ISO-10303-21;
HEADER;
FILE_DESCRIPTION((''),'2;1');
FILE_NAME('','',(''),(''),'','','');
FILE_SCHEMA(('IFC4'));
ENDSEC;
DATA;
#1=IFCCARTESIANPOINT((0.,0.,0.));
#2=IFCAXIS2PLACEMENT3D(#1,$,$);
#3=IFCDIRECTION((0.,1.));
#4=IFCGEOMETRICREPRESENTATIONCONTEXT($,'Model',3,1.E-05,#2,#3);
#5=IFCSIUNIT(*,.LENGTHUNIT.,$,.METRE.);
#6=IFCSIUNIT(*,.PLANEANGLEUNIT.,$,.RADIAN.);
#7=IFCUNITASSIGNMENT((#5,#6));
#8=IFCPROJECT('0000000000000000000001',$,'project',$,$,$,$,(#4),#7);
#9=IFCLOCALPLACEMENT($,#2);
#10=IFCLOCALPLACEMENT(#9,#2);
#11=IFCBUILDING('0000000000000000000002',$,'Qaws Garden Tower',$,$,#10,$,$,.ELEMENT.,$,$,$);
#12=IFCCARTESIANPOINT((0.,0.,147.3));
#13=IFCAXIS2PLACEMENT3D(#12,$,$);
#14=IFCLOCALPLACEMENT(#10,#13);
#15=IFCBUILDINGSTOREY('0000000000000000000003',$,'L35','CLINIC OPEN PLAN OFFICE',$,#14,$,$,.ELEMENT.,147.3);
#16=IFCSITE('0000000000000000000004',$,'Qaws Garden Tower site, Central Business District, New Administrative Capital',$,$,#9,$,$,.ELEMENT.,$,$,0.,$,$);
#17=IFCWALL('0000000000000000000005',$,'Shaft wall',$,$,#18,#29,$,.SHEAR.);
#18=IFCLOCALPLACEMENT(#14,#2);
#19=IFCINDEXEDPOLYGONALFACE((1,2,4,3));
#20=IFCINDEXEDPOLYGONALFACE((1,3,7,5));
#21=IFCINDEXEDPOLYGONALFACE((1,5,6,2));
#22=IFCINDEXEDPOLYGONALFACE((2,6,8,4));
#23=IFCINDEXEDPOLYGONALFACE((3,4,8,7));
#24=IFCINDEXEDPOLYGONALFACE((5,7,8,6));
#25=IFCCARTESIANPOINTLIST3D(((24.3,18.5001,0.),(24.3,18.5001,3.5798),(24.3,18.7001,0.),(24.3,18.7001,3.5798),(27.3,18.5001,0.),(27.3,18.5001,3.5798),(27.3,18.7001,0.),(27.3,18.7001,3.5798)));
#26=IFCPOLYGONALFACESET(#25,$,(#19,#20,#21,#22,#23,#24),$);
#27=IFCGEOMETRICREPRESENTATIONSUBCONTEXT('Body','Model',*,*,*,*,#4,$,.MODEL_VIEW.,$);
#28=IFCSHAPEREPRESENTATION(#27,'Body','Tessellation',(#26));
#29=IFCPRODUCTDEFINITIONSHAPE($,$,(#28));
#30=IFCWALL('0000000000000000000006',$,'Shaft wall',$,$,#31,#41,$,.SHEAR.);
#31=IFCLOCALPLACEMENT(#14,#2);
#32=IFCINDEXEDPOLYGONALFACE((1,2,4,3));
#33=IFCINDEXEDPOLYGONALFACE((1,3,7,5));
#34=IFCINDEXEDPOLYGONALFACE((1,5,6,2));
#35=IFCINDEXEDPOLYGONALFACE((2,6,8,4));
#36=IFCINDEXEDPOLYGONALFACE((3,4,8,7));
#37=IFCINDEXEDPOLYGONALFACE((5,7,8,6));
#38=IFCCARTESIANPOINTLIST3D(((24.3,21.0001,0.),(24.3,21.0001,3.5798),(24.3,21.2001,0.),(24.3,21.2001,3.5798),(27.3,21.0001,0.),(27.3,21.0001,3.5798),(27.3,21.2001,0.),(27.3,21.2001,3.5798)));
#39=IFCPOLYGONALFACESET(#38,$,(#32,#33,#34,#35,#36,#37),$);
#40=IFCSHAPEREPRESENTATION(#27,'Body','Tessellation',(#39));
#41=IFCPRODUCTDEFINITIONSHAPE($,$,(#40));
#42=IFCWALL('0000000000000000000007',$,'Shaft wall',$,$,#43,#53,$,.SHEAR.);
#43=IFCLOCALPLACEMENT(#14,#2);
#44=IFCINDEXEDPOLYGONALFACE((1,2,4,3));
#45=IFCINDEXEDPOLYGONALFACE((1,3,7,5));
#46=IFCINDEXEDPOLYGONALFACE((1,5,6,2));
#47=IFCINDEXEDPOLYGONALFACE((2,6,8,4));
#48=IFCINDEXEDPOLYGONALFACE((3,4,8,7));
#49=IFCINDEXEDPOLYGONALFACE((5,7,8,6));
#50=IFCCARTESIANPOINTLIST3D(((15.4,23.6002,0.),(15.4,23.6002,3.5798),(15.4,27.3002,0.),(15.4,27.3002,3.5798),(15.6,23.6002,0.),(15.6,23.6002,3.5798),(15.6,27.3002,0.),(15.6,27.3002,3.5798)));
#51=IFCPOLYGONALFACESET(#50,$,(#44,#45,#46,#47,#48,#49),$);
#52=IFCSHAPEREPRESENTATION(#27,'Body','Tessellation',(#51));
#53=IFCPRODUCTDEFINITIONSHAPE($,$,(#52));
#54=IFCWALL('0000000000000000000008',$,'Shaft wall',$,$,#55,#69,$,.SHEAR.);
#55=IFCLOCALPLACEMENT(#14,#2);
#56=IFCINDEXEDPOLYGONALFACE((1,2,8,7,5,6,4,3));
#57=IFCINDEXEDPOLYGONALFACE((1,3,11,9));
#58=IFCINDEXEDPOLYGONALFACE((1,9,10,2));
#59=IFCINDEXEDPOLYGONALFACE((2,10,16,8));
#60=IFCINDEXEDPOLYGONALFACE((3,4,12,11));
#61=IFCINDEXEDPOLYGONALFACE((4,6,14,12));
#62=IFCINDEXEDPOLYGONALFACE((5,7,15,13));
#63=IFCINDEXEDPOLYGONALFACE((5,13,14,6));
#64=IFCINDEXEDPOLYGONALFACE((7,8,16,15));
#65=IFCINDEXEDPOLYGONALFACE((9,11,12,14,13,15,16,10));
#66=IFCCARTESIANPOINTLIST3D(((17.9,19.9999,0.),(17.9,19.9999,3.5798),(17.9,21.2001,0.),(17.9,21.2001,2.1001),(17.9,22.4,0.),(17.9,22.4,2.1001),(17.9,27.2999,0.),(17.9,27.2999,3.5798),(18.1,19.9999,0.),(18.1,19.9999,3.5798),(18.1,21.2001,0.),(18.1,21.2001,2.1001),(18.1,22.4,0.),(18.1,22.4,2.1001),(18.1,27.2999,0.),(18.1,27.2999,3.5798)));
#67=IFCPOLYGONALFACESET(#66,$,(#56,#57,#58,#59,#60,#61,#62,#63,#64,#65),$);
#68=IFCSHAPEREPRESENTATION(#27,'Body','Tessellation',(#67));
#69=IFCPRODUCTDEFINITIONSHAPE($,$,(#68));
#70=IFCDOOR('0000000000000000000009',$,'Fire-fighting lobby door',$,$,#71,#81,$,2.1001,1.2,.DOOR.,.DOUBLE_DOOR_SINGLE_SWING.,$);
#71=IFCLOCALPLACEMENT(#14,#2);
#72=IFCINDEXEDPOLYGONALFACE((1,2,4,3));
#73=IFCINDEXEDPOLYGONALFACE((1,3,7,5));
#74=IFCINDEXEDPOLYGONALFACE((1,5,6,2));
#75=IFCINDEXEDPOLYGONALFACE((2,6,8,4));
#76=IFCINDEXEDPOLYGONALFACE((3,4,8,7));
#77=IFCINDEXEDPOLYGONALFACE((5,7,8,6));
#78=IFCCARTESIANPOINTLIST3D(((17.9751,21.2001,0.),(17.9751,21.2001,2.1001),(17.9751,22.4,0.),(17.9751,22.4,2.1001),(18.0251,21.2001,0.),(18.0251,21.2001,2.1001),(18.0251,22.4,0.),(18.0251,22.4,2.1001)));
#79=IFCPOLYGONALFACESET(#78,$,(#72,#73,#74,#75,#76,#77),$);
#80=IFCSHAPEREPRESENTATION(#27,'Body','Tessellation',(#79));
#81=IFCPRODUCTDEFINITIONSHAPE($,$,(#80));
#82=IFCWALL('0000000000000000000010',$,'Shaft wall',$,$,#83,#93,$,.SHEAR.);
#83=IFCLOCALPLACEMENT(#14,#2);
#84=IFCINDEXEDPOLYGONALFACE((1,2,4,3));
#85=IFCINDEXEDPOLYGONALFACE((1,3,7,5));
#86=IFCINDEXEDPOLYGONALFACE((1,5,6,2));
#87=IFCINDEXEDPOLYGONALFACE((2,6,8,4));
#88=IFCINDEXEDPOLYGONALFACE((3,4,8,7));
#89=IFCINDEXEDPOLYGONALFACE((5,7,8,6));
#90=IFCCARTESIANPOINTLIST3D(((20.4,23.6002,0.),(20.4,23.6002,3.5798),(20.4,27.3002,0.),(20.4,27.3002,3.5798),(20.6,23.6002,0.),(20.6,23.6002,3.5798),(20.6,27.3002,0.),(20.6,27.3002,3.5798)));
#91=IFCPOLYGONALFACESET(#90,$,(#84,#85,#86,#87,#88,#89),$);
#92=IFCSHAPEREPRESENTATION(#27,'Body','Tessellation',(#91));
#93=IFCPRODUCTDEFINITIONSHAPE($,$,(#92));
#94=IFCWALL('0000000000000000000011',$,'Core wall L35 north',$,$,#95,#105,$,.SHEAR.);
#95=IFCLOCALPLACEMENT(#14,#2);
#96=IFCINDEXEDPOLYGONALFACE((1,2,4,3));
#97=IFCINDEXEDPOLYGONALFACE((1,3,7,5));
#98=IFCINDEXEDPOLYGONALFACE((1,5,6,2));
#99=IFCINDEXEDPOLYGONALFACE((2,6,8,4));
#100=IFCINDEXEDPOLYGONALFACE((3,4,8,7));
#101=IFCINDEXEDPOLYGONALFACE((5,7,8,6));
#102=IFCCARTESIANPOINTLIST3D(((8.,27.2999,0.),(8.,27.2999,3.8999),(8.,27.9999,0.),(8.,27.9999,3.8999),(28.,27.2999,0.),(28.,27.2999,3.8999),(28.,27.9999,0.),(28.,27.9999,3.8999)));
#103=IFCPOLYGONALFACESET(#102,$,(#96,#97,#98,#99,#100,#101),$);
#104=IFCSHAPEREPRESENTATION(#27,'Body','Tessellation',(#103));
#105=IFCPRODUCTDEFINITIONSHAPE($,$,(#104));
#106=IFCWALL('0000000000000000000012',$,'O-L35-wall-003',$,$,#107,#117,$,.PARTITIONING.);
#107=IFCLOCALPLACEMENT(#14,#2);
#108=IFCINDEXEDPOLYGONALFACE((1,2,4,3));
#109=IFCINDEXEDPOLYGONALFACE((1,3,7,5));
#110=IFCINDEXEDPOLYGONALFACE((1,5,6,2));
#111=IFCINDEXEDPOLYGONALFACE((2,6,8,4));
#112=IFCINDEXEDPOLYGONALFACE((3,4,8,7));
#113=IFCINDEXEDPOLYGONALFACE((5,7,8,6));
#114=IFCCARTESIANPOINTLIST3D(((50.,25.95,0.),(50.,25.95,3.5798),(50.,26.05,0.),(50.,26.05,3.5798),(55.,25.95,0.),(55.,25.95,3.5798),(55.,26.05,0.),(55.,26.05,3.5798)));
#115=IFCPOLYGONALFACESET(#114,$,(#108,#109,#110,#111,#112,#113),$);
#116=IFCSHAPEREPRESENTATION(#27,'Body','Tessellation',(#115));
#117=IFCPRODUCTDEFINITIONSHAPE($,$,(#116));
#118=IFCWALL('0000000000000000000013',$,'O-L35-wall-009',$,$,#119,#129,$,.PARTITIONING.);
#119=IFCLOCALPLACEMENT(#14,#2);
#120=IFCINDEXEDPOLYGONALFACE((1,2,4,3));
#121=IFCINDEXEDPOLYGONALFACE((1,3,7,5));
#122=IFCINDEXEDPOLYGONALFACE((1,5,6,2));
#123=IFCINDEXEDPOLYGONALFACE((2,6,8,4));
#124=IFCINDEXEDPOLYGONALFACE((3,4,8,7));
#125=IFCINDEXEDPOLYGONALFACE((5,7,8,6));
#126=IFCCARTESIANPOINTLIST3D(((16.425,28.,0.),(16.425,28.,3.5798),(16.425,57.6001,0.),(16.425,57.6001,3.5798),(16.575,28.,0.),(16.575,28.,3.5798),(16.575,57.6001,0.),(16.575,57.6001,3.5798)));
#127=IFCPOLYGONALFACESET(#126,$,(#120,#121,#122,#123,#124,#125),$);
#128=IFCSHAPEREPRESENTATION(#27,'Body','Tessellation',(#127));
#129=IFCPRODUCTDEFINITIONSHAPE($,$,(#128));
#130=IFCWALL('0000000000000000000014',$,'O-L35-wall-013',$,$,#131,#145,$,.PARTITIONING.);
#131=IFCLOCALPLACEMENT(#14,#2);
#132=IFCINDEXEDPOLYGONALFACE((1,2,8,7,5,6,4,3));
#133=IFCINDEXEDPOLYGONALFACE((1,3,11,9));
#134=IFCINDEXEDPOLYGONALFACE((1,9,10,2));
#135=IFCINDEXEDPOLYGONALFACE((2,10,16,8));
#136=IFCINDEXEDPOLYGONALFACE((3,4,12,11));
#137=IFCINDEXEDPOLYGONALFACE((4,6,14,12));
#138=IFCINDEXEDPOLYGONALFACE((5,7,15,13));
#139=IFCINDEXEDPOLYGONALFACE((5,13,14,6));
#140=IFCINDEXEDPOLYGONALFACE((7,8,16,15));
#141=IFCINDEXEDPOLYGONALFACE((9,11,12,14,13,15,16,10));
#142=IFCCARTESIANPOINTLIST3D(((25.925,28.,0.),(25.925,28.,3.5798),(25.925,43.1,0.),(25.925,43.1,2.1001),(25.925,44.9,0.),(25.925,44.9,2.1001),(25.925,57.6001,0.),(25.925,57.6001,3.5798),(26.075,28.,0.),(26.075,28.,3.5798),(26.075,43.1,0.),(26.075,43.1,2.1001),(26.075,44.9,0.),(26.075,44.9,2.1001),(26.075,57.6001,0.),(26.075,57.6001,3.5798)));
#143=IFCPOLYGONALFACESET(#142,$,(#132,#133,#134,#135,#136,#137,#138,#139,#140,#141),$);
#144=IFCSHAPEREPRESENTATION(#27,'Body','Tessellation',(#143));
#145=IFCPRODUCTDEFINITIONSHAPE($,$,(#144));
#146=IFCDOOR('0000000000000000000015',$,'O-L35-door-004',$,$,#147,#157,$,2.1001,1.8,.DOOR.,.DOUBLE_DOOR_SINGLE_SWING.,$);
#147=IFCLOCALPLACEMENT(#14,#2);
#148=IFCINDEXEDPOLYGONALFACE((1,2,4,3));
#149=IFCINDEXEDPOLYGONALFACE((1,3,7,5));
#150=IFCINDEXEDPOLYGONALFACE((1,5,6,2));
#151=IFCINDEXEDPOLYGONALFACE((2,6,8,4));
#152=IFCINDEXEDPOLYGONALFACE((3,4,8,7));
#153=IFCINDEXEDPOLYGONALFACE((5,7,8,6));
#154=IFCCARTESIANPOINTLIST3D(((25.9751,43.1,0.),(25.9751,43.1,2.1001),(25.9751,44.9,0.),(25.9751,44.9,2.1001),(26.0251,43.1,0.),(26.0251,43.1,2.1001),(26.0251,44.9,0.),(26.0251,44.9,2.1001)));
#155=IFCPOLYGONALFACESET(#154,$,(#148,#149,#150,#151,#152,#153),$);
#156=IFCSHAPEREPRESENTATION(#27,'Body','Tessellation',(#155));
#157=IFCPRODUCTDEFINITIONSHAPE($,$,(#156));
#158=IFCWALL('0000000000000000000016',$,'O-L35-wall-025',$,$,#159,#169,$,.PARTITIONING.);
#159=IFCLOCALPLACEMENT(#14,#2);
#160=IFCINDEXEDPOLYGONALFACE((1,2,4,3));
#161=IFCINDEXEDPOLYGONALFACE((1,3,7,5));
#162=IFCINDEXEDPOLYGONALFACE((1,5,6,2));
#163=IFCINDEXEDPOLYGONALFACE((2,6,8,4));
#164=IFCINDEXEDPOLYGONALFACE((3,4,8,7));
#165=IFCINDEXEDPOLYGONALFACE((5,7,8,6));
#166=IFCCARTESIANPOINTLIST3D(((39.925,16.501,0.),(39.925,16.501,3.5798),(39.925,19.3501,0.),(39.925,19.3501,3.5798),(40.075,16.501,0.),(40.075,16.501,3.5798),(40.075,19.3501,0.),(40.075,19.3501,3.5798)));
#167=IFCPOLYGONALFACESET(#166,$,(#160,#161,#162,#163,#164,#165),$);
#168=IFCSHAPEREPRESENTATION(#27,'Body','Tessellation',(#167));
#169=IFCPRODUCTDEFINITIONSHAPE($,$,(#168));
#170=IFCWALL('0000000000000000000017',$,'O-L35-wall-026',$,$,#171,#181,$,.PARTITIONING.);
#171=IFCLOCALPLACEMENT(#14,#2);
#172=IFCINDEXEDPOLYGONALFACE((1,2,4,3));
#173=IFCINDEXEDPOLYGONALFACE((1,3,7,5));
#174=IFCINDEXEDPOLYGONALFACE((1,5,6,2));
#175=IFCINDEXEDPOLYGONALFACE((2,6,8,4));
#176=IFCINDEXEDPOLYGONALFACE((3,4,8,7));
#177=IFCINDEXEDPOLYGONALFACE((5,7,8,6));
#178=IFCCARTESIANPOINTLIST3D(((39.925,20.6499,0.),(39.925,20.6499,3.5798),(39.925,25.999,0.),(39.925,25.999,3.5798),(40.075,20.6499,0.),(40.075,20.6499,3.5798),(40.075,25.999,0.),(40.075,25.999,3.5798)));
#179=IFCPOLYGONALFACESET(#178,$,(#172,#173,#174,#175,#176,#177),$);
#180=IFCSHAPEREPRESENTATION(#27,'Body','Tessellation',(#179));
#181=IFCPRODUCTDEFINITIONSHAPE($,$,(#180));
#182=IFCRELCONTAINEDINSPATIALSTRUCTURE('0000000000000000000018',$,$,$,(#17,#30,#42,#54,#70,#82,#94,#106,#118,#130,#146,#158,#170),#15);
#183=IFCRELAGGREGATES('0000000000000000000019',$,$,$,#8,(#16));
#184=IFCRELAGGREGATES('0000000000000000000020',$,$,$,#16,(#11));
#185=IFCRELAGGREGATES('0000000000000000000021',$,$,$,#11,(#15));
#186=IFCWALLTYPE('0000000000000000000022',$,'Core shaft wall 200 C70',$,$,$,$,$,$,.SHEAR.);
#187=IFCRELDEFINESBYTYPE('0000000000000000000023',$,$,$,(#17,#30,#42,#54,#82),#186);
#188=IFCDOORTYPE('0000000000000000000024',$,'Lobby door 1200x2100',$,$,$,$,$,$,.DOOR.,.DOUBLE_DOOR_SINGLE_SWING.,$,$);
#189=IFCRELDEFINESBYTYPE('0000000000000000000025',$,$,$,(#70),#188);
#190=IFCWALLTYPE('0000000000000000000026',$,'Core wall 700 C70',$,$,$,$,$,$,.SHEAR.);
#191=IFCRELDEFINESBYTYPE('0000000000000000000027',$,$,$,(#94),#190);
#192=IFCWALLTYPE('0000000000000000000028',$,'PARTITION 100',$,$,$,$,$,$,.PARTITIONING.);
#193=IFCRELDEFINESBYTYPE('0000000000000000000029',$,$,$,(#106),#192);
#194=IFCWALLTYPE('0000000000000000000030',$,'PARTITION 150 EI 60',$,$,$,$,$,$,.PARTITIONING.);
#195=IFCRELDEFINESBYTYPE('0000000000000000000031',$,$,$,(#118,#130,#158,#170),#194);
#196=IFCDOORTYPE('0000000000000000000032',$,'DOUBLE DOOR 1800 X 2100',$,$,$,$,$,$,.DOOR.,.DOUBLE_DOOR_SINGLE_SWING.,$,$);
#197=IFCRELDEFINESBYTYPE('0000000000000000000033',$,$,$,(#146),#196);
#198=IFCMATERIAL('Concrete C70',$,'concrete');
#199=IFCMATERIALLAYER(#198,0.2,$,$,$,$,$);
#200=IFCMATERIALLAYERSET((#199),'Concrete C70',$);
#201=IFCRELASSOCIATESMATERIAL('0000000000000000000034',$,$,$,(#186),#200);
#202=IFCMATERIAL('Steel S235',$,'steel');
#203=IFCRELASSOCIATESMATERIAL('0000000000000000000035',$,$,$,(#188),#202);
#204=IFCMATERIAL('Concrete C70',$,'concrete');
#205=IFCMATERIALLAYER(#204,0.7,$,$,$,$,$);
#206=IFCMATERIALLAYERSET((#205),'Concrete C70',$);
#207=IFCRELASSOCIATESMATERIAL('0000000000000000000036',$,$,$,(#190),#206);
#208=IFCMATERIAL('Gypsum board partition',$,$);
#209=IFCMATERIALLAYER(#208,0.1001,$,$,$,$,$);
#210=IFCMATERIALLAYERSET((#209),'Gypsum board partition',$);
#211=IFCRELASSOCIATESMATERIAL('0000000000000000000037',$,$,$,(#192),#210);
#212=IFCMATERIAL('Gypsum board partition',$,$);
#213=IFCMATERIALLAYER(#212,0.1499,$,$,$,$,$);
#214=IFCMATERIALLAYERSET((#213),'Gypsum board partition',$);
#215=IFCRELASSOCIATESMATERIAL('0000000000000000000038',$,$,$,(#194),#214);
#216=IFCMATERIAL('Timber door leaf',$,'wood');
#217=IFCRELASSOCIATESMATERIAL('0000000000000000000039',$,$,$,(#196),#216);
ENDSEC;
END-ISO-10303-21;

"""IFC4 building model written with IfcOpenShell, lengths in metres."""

from ifc_helpers import new_model, si_unit, direction, frame, frame_2d, origin, place, context, subcontext, project, spatial, rectangle, extrude, material, layer, layer_set, type_object, element, fill, save


model = new_model("IFC4")

# Units and contexts
model_context = context("Model", 3, precision=1e-05, world=origin(), true_north=direction((0.0, 1.0)))
body_context = subcontext(model_context, "Body", "Model", "MODEL_VIEW")
ifc_project = project(units=[si_unit("LENGTHUNIT", "METRE"), si_unit("PLANEANGLEUNIT", "RADIAN")], contexts=[model_context])

# Site, building, storey
site_placement = place(None, origin())
site = spatial("IfcSite", under=ifc_project, at=site_placement, Name="Qaws Garden Tower site, Central Business District, New Administrative Capital", CompositionType="ELEMENT", RefElevation=0.0)
building_placement = place(site_placement, origin())
building = spatial("IfcBuilding", under=site, at=building_placement, Name="Qaws Garden Tower", CompositionType="ELEMENT")
storey_placement = place(building_placement, frame((0.0, 0.0, 147.3)))
storey = spatial("IfcBuildingStorey", under=building, at=storey_placement, Name="L35", Description="CLINIC OPEN PLAN OFFICE", CompositionType="ELEMENT", Elevation=147.3)

# Walls
ifc_material_1 = material(Name="Concrete C70", Category="concrete")
ifc_layer_1 = layer(ifc_material_1, 0.2)
ifc_layer_set_1 = layer_set([ifc_layer_1], Name="Concrete C70")
wall_type_1 = type_object("IfcWallType", Name="Core shaft wall 200 C70", PredefinedType="SHEAR", material=ifc_layer_set_1)
for number, where, z_axis, x_axis, name in (
    (1, (24.3, 18.6001, 0.0), (0.0, 0.0, 1.0), (1.0, 0.0, 0.0), "Shaft wall"),
    (2, (24.3, 21.1001, 0.0), (0.0, 0.0, 1.0), (1.0, 0.0, 0.0), "Shaft wall"),
):
    element("IfcWall", number, at=place(storey_placement, frame(where, z_axis=z_axis, x_axis=x_axis)), inside=storey, type_object=wall_type_1, Name=name, PredefinedType="SHEAR", context=body_context, shape_type="SweptSolid", body=[
        extrude(rectangle(XDim=3.0, YDim=0.2, at=frame_2d((1.5, 0.0))), origin(), (0.0, 0.0, 1.0), 3.5798),
    ])
wall_1_placement = place(storey_placement, frame((15.5, 23.6001, 0.0), z_axis=(0.0, 0.0, 1.0), x_axis=(0.0, 1.0, 0.0)))
element("IfcWall", 3, at=wall_1_placement, inside=storey, type_object=wall_type_1, Name="Shaft wall", PredefinedType="SHEAR", context=body_context, shape_type="SweptSolid", body=[
    extrude(rectangle(XDim=3.7, YDim=0.2, at=frame_2d((1.8501, 0.0))), origin(), (0.0, 0.0, 1.0), 3.5798),
])

# Wall, opening, door
wall_2_placement = place(storey_placement, frame((18.0, 20.0, 0.0), z_axis=(0.0, 0.0, 1.0), x_axis=(0.0, 1.0, 0.0)))
wall_2 = element("IfcWall", 4, at=wall_2_placement, inside=storey, type_object=wall_type_1, Name="Shaft wall", PredefinedType="SHEAR", context=body_context, shape_type="SweptSolid", body=[
    extrude(rectangle(XDim=7.3, YDim=0.2, at=frame_2d((3.6499, 0.0))), origin(), (0.0, 0.0, 1.0), 3.5798),
])
opening_1_placement = place(wall_2_placement, frame((1.2, 0.0, 0.0)))
opening_1 = element("IfcOpeningElement", 5, at=opening_1_placement, cuts=wall_2, PredefinedType="OPENING", context=body_context, shape_type="SweptSolid", body=[
    extrude(rectangle(XDim=1.2, YDim=2.1001, at=frame_2d((0.6001, 1.05))), frame((0.0, 0.1099, 0.0), z_axis=(0.0, -1.0, 0.0), x_axis=(1.0, 0.0, 0.0)), (0.0, 0.0, 1.0), 0.22),
])
ifc_material_2 = material(Name="Steel S235", Category="steel")
door_type_1 = type_object("IfcDoorType", Name="Lobby door 1200x2100", OperationType="DOUBLE_DOOR_SINGLE_SWING", PredefinedType="DOOR", material=ifc_material_2)
door_1_placement = place(opening_1_placement, origin())
door_1 = element("IfcDoor", 6, at=door_1_placement, inside=storey, type_object=door_type_1, Name="Fire-fighting lobby door", OperationType="DOUBLE_DOOR_SINGLE_SWING", OverallHeight=2.1001, OverallWidth=1.2, PredefinedType="DOOR", context=body_context, shape_type="SweptSolid", body=[
    extrude(rectangle(XDim=1.2, YDim=2.1001, at=frame_2d((0.6001, 1.05))), frame((0.0, 0.0249, 0.0), z_axis=(0.0, -1.0, 0.0), x_axis=(1.0, 0.0, 0.0)), (0.0, 0.0, 1.0), 0.05),
])
fill(opening_1, door_1)

# Walls
wall_3_placement = place(storey_placement, frame((20.5, 23.6001, 0.0), z_axis=(0.0, 0.0, 1.0), x_axis=(0.0, 1.0, 0.0)))
element("IfcWall", 7, at=wall_3_placement, inside=storey, type_object=wall_type_1, Name="Shaft wall", PredefinedType="SHEAR", context=body_context, shape_type="SweptSolid", body=[
    extrude(rectangle(XDim=3.7, YDim=0.2, at=frame_2d((1.8501, 0.0))), origin(), (0.0, 0.0, 1.0), 3.5798),
])
ifc_material_3 = material(Name="Concrete C70", Category="concrete")
ifc_layer_2 = layer(ifc_material_3, 0.7)
ifc_layer_set_2 = layer_set([ifc_layer_2], Name="Concrete C70")
wall_type_2 = type_object("IfcWallType", Name="Core wall 700 C70", PredefinedType="SHEAR", material=ifc_layer_set_2)
wall_4_placement = place(storey_placement, frame((28.0, 27.6499, 0.0), z_axis=(0.0, 0.0, 1.0), x_axis=(-1.0, 0.0, 0.0)))
element("IfcWall", 8, at=wall_4_placement, inside=storey, type_object=wall_type_2, Name="Core wall L35 north", PredefinedType="SHEAR", context=body_context, shape_type="SweptSolid", body=[
    extrude(rectangle(XDim=20.0, YDim=0.7, at=frame_2d((10.0, 0.0))), origin(), (0.0, 0.0, 1.0), 3.8999),
])
ifc_material_4 = material(Name="Gypsum board partition")
ifc_layer_3 = layer(ifc_material_4, 0.1001)
ifc_layer_set_3 = layer_set([ifc_layer_3], Name="Gypsum board partition")
wall_type_3 = type_object("IfcWallType", Name="PARTITION 100", PredefinedType="PARTITIONING", material=ifc_layer_set_3)
wall_5_placement = place(storey_placement, frame((50.0, 26.0, 0.0), z_axis=(0.0, 0.0, 1.0), x_axis=(1.0, 0.0, 0.0)))
element("IfcWall", 9, at=wall_5_placement, inside=storey, type_object=wall_type_3, Name="O-L35-wall-003", PredefinedType="PARTITIONING", context=body_context, shape_type="SweptSolid", body=[
    extrude(rectangle(XDim=5.0, YDim=0.1001, at=frame_2d((2.5, 0.0))), origin(), (0.0, 0.0, 1.0), 3.5798),
])
ifc_material_5 = material(Name="Gypsum board partition")
ifc_layer_4 = layer(ifc_material_5, 0.1499)
ifc_layer_set_4 = layer_set([ifc_layer_4], Name="Gypsum board partition")
wall_type_4 = type_object("IfcWallType", Name="PARTITION 150 EI 60", PredefinedType="PARTITIONING", material=ifc_layer_set_4)
wall_6_placement = place(storey_placement, frame((16.5, 28.0, 0.0), z_axis=(0.0, 0.0, 1.0), x_axis=(0.0, 1.0, 0.0)))
element("IfcWall", 10, at=wall_6_placement, inside=storey, type_object=wall_type_4, Name="O-L35-wall-009", PredefinedType="PARTITIONING", context=body_context, shape_type="SweptSolid", body=[
    extrude(rectangle(XDim=29.6001, YDim=0.1499, at=frame_2d((14.8, 0.0))), origin(), (0.0, 0.0, 1.0), 3.5798),
])

# Wall, opening, door
wall_7_placement = place(storey_placement, frame((26.0, 28.0, 0.0), z_axis=(0.0, 0.0, 1.0), x_axis=(0.0, 1.0, 0.0)))
wall_7 = element("IfcWall", 11, at=wall_7_placement, inside=storey, type_object=wall_type_4, Name="O-L35-wall-013", PredefinedType="PARTITIONING", context=body_context, shape_type="SweptSolid", body=[
    extrude(rectangle(XDim=29.6001, YDim=0.1499, at=frame_2d((14.8, 0.0))), origin(), (0.0, 0.0, 1.0), 3.5798),
])
opening_2_placement = place(wall_7_placement, frame((15.1001, 0.0, 0.0)))
opening_2 = element("IfcOpeningElement", 12, at=opening_2_placement, cuts=wall_7, PredefinedType="OPENING", context=body_context, shape_type="SweptSolid", body=[
    extrude(rectangle(XDim=1.8, YDim=2.1001, at=frame_2d((0.8999, 1.05))), frame((0.0, 0.085, 0.0), z_axis=(0.0, -1.0, 0.0), x_axis=(1.0, 0.0, 0.0)), (0.0, 0.0, 1.0), 0.1699),
])
ifc_material_6 = material(Name="Timber door leaf", Category="wood")
door_type_2 = type_object("IfcDoorType", Name="DOUBLE DOOR 1800 X 2100", OperationType="DOUBLE_DOOR_SINGLE_SWING", PredefinedType="DOOR", material=ifc_material_6)
door_2_placement = place(opening_2_placement, origin())
door_2 = element("IfcDoor", 13, at=door_2_placement, inside=storey, type_object=door_type_2, Name="O-L35-door-004", OperationType="DOUBLE_DOOR_SINGLE_SWING", OverallHeight=2.1001, OverallWidth=1.8, PredefinedType="DOOR", context=body_context, shape_type="SweptSolid", body=[
    extrude(rectangle(XDim=1.8, YDim=2.1001, at=frame_2d((0.8999, 1.05))), frame((0.0, 0.0249, 0.0), z_axis=(0.0, -1.0, 0.0), x_axis=(1.0, 0.0, 0.0)), (0.0, 0.0, 1.0), 0.05),
])
fill(opening_2, door_2)

# Walls
wall_8_placement = place(storey_placement, frame((40.0, 16.501, 0.0), z_axis=(0.0, 0.0, 1.0), x_axis=(0.0, 1.0, 0.0)))
element("IfcWall", 14, at=wall_8_placement, inside=storey, type_object=wall_type_4, Name="O-L35-wall-025", PredefinedType="PARTITIONING", context=body_context, shape_type="SweptSolid", body=[
    extrude(rectangle(XDim=2.8491, YDim=0.1499, at=frame_2d((1.4246, 0.0))), origin(), (0.0, 0.0, 1.0), 3.5798),
])
wall_9_placement = place(storey_placement, frame((40.0, 20.6499, 0.0), z_axis=(0.0, 0.0, 1.0), x_axis=(0.0, 1.0, 0.0)))
element("IfcWall", 15, at=wall_9_placement, inside=storey, type_object=wall_type_4, Name="O-L35-wall-026", PredefinedType="PARTITIONING", context=body_context, shape_type="SweptSolid", body=[
    extrude(rectangle(XDim=5.3491, YDim=0.1499, at=frame_2d((2.6746, 0.0))), origin(), (0.0, 0.0, 1.0), 3.5798),
])

save(model, "model.ifc")
